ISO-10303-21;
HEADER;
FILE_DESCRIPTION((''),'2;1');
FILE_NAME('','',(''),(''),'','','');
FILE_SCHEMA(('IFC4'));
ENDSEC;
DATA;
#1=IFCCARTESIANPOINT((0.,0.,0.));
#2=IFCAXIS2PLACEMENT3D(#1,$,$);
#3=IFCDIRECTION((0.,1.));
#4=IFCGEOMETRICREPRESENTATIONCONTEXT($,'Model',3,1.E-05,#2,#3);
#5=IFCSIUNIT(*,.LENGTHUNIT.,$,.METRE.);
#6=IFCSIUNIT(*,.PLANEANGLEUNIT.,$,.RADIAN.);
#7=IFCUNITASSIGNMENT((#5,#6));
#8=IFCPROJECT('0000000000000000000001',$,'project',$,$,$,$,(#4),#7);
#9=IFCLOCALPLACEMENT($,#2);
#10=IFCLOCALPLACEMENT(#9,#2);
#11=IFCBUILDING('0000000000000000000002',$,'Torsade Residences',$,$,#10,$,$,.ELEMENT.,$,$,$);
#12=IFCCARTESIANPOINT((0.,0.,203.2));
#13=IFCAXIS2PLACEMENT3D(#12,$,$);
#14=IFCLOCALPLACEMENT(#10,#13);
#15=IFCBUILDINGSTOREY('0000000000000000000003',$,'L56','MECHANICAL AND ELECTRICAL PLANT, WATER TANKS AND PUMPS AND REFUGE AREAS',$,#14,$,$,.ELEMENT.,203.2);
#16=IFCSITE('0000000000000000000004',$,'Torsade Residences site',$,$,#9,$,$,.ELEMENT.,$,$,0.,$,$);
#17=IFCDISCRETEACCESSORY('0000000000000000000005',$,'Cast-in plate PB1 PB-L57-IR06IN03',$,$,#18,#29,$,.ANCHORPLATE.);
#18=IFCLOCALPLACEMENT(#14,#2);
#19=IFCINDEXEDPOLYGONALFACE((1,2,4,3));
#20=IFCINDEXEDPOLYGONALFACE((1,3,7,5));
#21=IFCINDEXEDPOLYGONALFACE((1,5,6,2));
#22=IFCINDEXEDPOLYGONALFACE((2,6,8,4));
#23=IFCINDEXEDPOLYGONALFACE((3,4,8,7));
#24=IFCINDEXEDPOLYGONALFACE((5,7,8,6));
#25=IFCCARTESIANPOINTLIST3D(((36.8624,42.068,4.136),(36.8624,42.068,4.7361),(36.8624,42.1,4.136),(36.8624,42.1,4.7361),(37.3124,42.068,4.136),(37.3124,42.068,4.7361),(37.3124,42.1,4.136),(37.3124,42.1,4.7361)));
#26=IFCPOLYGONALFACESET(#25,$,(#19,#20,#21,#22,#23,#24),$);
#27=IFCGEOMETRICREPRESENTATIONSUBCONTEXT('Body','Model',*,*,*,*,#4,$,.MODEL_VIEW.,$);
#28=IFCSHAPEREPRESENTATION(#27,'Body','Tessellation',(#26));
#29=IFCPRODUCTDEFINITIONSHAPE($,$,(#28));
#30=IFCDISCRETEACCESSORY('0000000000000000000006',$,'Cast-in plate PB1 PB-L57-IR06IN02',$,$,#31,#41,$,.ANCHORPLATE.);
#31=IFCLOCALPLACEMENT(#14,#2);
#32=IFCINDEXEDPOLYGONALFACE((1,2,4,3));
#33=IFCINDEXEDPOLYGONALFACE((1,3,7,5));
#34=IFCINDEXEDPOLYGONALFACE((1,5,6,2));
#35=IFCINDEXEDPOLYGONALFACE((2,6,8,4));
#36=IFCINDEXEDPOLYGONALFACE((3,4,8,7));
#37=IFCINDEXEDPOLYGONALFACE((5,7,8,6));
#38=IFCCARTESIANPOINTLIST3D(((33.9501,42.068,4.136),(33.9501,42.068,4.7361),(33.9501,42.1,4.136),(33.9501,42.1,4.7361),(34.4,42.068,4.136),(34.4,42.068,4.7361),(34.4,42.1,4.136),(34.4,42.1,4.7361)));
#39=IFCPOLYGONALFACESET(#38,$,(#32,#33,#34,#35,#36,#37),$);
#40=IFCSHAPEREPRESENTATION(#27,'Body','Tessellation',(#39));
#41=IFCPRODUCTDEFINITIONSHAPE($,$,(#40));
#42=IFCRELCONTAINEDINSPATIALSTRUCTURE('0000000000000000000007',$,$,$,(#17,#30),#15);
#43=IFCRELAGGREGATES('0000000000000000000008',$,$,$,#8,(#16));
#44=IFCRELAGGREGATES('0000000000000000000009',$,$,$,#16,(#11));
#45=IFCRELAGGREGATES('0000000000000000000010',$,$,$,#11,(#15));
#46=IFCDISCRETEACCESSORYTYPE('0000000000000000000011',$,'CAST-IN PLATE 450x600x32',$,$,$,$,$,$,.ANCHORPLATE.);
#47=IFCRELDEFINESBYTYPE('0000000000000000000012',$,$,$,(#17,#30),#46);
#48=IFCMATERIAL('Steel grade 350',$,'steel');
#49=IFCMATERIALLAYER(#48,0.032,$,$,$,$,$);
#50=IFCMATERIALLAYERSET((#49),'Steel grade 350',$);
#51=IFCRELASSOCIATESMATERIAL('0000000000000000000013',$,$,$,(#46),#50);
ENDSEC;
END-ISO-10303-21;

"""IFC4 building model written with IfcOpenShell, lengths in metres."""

from ifc_helpers import new_model, si_unit, direction, frame, origin, origin_2d, place, context, subcontext, project, spatial, rectangle, extrude, material, layer, layer_set, type_object, element, save


model = new_model("IFC4")

# Units and contexts
model_context = context("Model", 3, precision=1e-05, world=origin(), true_north=direction((0.0, 1.0)))
body_context = subcontext(model_context, "Body", "Model", "MODEL_VIEW")
ifc_project = project(units=[si_unit("LENGTHUNIT", "METRE"), si_unit("PLANEANGLEUNIT", "RADIAN")], contexts=[model_context])

# Site, building, storey
site_placement = place(None, origin())
site = spatial("IfcSite", under=ifc_project, at=site_placement, Name="Torsade Residences site", CompositionType="ELEMENT", RefElevation=0.0)
building_placement = place(site_placement, origin())
building = spatial("IfcBuilding", under=site, at=building_placement, Name="Torsade Residences", CompositionType="ELEMENT")
storey_placement = place(building_placement, frame((0.0, 0.0, 203.2)))
storey = spatial("IfcBuildingStorey", under=building, at=storey_placement, Name="L56", Description="MECHANICAL AND ELECTRICAL PLANT, WATER TANKS AND PUMPS AND REFUGE AREAS", CompositionType="ELEMENT", Elevation=203.2)

# Discrete accessories
ifc_material_1 = material(Name="Steel grade 350", Category="steel")
ifc_layer_1 = layer(ifc_material_1, 0.032)
ifc_layer_set_1 = layer_set([ifc_layer_1], Name="Steel grade 350")
discrete_accessory_type = type_object("IfcDiscreteAccessoryType", Name="CAST-IN PLATE 450x600x32", PredefinedType="ANCHORPLATE", material=ifc_layer_set_1)
for number, where, z_axis, x_axis, name in (
    (1, (37.0874, 42.084, 4.136), (0.0, 0.0, 1.0), (1.0, 0.0, 0.0), "Cast-in plate PB1 PB-L57-IR06IN03"),
    (2, (34.175, 42.084, 4.136), (0.0, 0.0, 1.0), (1.0, 0.0, 0.0), "Cast-in plate PB1 PB-L57-IR06IN02"),
):
    element("IfcDiscreteAccessory", number, at=place(storey_placement, frame(where, z_axis=z_axis, x_axis=x_axis)), inside=storey, type_object=discrete_accessory_type, Name=name, PredefinedType="ANCHORPLATE", context=body_context, shape_type="SweptSolid", body=[
        extrude(rectangle(XDim=0.45, YDim=0.032, at=origin_2d()), origin(), (0.0, 0.0, 1.0), 0.6001),
    ])

save(model, "model.ifc")
